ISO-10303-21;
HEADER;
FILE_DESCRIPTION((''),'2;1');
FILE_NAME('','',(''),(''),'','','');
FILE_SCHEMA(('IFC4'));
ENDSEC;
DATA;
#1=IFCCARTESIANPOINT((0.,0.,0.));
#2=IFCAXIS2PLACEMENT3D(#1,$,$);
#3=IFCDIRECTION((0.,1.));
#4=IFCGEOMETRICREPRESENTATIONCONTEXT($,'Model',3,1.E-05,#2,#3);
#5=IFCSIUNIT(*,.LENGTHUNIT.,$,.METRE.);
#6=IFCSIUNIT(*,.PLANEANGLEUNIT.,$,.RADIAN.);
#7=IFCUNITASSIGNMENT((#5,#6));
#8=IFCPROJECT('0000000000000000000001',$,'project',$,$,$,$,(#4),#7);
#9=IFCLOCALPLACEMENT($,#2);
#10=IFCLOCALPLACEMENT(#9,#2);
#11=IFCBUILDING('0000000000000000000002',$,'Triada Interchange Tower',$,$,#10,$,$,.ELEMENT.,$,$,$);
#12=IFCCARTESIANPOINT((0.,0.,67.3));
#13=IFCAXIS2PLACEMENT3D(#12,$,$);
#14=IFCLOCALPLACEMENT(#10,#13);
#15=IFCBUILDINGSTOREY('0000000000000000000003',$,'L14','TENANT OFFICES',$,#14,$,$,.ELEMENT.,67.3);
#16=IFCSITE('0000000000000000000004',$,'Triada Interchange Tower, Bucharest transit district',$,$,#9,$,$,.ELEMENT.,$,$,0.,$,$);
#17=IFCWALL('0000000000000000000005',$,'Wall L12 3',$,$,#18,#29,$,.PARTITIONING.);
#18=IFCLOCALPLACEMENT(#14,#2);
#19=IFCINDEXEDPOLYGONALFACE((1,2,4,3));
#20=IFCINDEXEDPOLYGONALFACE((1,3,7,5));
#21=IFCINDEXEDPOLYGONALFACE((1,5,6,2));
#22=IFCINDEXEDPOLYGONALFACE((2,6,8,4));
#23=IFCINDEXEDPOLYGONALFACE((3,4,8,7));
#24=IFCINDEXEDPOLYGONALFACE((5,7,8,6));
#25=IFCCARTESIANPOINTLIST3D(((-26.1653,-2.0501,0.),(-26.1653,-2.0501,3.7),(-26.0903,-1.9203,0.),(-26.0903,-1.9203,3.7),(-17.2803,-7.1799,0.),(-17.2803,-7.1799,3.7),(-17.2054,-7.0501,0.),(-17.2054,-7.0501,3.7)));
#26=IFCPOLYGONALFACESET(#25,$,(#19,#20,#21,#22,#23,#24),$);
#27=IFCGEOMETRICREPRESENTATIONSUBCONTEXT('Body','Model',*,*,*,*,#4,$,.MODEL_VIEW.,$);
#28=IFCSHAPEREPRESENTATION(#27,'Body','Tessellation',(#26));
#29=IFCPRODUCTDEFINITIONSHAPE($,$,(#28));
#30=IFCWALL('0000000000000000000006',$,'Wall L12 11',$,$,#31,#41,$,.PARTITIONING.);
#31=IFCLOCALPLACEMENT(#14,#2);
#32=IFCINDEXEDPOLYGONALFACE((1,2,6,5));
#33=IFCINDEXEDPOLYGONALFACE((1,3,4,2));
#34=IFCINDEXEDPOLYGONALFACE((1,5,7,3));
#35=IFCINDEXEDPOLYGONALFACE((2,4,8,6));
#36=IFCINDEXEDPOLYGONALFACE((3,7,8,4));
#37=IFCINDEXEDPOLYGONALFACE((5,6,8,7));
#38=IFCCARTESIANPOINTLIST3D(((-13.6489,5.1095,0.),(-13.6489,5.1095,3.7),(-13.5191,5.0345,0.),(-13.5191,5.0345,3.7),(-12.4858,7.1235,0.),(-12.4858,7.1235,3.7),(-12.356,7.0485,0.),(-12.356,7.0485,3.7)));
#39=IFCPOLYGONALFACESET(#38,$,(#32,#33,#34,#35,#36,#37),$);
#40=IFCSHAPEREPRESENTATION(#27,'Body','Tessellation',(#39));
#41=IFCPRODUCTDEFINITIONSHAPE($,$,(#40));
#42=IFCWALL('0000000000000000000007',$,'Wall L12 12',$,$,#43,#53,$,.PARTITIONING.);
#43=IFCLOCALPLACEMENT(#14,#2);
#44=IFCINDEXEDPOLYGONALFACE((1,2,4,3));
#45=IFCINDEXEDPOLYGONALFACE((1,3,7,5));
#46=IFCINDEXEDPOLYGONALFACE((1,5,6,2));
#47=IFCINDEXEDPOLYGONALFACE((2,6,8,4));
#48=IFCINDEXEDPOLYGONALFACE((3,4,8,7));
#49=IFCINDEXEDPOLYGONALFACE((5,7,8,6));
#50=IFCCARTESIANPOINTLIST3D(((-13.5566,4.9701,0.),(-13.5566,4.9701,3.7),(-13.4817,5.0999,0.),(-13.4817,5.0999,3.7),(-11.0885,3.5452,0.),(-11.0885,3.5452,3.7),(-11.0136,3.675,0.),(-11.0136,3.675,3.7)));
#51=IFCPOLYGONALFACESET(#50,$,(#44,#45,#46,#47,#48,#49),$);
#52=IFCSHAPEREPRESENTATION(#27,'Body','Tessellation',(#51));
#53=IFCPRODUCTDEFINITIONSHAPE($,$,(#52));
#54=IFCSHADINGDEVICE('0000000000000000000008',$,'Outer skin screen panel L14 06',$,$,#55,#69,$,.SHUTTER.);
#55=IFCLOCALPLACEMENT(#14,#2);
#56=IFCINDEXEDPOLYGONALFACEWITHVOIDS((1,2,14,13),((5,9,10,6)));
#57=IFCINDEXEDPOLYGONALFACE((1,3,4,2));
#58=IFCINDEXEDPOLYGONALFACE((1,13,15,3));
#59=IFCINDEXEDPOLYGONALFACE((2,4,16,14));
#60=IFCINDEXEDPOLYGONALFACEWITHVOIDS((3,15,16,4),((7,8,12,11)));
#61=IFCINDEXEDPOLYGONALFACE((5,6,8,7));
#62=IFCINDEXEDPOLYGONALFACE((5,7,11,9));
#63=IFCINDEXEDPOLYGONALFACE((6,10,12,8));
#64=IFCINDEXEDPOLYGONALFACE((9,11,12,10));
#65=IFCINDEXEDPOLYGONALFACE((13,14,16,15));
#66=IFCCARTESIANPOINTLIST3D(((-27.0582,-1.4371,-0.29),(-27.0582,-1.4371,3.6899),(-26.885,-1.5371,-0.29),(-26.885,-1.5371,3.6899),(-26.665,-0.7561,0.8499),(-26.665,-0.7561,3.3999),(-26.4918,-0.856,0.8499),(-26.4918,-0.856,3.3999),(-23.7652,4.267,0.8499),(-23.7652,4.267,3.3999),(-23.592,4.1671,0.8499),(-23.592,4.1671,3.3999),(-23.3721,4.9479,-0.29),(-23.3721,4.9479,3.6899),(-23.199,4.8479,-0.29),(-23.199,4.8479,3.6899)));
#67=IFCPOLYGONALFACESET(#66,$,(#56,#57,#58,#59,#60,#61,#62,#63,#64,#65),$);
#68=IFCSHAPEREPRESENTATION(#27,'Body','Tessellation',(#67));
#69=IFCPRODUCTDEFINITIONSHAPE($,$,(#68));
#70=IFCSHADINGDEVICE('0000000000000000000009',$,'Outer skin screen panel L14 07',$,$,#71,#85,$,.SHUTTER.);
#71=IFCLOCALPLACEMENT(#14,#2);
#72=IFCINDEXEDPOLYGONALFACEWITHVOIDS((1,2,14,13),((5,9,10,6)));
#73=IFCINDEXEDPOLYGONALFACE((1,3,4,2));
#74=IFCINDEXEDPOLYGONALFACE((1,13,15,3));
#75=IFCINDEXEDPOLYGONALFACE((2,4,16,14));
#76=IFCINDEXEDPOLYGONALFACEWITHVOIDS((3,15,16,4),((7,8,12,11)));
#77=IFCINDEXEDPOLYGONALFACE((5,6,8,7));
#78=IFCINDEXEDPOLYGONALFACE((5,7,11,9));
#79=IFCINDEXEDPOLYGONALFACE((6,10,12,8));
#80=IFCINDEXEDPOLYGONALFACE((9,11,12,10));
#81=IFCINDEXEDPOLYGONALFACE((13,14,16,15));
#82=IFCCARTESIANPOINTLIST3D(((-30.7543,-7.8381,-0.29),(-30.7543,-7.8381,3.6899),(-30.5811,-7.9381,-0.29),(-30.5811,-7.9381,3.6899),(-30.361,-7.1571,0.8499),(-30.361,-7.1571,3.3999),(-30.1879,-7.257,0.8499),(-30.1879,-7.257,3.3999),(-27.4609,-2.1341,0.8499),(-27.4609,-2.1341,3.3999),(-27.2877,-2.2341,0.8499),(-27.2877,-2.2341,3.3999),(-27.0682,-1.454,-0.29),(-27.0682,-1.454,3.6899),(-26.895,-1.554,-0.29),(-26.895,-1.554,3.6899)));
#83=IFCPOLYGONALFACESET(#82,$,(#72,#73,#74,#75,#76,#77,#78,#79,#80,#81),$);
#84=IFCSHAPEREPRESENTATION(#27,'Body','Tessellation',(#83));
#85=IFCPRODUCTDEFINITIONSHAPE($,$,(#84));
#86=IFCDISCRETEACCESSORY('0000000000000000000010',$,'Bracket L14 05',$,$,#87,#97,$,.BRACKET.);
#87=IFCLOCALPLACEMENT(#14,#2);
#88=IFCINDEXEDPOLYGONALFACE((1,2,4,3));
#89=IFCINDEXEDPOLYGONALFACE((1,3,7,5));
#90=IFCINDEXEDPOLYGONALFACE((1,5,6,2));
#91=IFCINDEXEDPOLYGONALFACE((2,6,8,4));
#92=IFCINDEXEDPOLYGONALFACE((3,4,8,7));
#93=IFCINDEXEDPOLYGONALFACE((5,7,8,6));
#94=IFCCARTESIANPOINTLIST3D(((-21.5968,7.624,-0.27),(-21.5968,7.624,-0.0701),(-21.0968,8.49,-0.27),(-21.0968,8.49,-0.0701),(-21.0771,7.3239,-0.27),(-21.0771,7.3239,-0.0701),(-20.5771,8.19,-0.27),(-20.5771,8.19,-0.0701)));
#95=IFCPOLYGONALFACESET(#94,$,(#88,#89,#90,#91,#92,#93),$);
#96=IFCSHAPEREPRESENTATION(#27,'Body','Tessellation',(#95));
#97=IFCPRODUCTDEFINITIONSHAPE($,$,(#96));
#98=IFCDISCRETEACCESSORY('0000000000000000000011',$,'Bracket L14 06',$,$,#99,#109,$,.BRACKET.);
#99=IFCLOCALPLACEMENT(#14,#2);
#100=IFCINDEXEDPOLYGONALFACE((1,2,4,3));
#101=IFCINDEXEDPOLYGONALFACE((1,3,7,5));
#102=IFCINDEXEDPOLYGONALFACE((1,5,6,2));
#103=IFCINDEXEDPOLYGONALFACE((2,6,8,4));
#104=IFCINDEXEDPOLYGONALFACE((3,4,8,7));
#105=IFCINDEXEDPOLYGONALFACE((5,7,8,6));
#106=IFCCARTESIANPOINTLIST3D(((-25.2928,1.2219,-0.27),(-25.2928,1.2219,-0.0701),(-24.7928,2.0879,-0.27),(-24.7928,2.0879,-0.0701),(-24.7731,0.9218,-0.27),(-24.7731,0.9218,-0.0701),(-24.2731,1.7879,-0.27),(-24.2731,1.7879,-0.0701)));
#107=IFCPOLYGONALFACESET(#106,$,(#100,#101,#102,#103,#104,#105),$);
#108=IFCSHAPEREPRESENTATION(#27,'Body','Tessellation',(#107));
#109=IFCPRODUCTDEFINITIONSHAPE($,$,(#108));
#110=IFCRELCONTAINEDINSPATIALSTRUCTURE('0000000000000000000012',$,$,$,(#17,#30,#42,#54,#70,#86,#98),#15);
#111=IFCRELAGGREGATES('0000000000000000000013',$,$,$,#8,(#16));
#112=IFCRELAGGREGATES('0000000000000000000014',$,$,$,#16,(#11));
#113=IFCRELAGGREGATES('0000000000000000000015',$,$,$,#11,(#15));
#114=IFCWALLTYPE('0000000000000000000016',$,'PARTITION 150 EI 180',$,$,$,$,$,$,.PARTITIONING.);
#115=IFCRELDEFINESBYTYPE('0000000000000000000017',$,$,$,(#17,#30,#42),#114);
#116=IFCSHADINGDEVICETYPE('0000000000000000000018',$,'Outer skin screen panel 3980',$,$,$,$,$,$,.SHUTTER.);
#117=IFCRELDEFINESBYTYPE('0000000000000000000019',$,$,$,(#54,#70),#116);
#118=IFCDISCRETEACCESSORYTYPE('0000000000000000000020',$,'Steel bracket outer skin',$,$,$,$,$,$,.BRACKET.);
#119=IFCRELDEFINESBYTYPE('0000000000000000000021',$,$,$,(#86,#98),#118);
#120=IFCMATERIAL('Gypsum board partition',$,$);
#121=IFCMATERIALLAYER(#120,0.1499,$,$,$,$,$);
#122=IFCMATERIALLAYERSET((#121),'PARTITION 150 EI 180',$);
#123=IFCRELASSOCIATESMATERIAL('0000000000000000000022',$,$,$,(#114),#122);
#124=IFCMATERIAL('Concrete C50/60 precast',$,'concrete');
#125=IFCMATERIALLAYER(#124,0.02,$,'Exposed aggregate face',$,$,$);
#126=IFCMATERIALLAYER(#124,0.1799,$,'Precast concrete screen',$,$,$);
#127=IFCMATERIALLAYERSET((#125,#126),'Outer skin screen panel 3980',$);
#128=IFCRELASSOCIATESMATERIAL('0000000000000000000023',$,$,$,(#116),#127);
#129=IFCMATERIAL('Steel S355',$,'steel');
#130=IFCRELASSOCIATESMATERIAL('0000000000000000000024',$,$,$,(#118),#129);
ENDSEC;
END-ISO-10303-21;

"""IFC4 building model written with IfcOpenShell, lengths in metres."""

from ifc_helpers import new_model, si_unit, direction, frame, frame_2d, origin, origin_2d, place, context, subcontext, project, spatial, polyline, rectangle, outline, extrude, material, layer, layer_set, type_object, element, save


model = new_model("IFC4")

# Units and contexts
model_context = context("Model", 3, precision=1e-05, world=origin(), true_north=direction((0.0, 1.0)))
body_context = subcontext(model_context, "Body", "Model", "MODEL_VIEW")
ifc_project = project(units=[si_unit("LENGTHUNIT", "METRE"), si_unit("PLANEANGLEUNIT", "RADIAN")], contexts=[model_context])

# Site, building, storey
site_placement = place(None, origin())
site = spatial("IfcSite", under=ifc_project, at=site_placement, Name="Triada Interchange Tower, Bucharest transit district", CompositionType="ELEMENT", RefElevation=0.0)
building_placement = place(site_placement, origin())
building = spatial("IfcBuilding", under=site, at=building_placement, Name="Triada Interchange Tower", CompositionType="ELEMENT")
storey_placement = place(building_placement, frame((0.0, 0.0, 67.3)))
storey = spatial("IfcBuildingStorey", under=building, at=storey_placement, Name="L14", Description="TENANT OFFICES", CompositionType="ELEMENT", Elevation=67.3)

# Walls
ifc_material_1 = material(Name="Gypsum board partition")
ifc_layer_1 = layer(ifc_material_1, 0.1499)
ifc_layer_set_1 = layer_set([ifc_layer_1], Name="PARTITION 150 EI 180")
wall_type_1 = type_object("IfcWallType", Name="PARTITION 150 EI 180", PredefinedType="PARTITIONING", material=ifc_layer_set_1)
wall_1_placement = place(storey_placement, frame((-26.1279, -1.9851, 0.0), z_axis=(0.0, 0.0, 1.0), x_axis=(0.86602, -0.500009, 0.0)))
element("IfcWall", 1, at=wall_1_placement, inside=storey, type_object=wall_type_1, Name="Wall L12 3", PredefinedType="PARTITIONING", context=body_context, shape_type="SweptSolid", body=[
    extrude(rectangle(XDim=10.2595, YDim=0.1499, at=frame_2d((5.1299, 0.0))), origin(), (0.0, 0.0, 1.0), 3.7),
])
wall_2_placement = place(storey_placement, frame((-13.584, 5.072, 0.0), z_axis=(0.0, 0.0, 1.0), x_axis=(0.500113, 0.86596, 0.0)))
element("IfcWall", 2, at=wall_2_placement, inside=storey, type_object=wall_type_1, Name="Wall L12 11", PredefinedType="PARTITIONING", context=body_context, shape_type="SweptSolid", body=[
    extrude(rectangle(XDim=2.3257, YDim=0.1499, at=frame_2d((1.1628, 0.0))), origin(), (0.0, 0.0, 1.0), 3.7),
])
wall_3_placement = place(storey_placement, frame((-13.519, 5.0349, 0.0), z_axis=(0.0, 0.0, 1.0), x_axis=(0.866041, -0.499972, 0.0)))
element("IfcWall", 3, at=wall_3_placement, inside=storey, type_object=wall_type_1, Name="Wall L12 12", PredefinedType="PARTITIONING", context=body_context, shape_type="SweptSolid", body=[
    extrude(rectangle(XDim=2.8499, YDim=0.1499, at=frame_2d((1.4248, 0.0))), origin(), (0.0, 0.0, 1.0), 3.7),
])

# Shading devices
ifc_material_2 = material(Name="Concrete C50/60 precast", Category="concrete")
ifc_layer_2 = layer(ifc_material_2, 0.02, Name="Exposed aggregate face")
ifc_layer_3 = layer(ifc_material_2, 0.1799, Name="Precast concrete screen")
ifc_layer_set_2 = layer_set([ifc_layer_2, ifc_layer_3], Name="Outer skin screen panel 3980")
shading_device_type = type_object("IfcShadingDeviceType", Name="Outer skin screen panel 3980", PredefinedType="SHUTTER", material=ifc_layer_set_2)
shading_device_1_placement = place(storey_placement, frame((-23.199, 4.8479, -0.29), z_axis=(0.0, 0.0, 1.0), x_axis=(-0.499964, -0.866046, 0.0)))
element("IfcShadingDevice", 4, at=shading_device_1_placement, inside=storey, type_object=shading_device_type, Name="Outer skin screen panel L14 06", PredefinedType="SHUTTER", context=body_context, shape_type="SweptSolid", body=[
    extrude(outline(polyline([(0.0, 0.0), (7.3726, 0.0), (7.3726, 3.98), (0.0, 3.98), (0.0, 0.0)]), holes=[polyline([(0.7861, 1.1399), (0.7861, 3.6899), (6.5862, 3.6899), (6.5862, 1.1399), (0.7861, 1.1399)])]), frame((0.0, 0.0, 0.0), z_axis=(0.0, -1.0, 0.0), x_axis=(1.0, 0.0, 0.0)), (0.0, 0.0, 1.0), 0.2),
])
shading_device_2_placement = place(storey_placement, frame((-26.895, -1.554, -0.29), z_axis=(0.0, 0.0, 1.0), x_axis=(-0.500022, -0.866013, 0.0)))
element("IfcShadingDevice", 5, at=shading_device_2_placement, inside=storey, type_object=shading_device_type, Name="Outer skin screen panel L14 07", PredefinedType="SHUTTER", context=body_context, shape_type="SweptSolid", body=[
    extrude(outline(polyline([(0.0, 0.0), (7.3718, 0.0), (7.3718, 3.98), (0.0, 3.98), (0.0, 0.0)]), holes=[polyline([(0.7854, 1.1399), (0.7854, 3.6899), (6.5854, 3.6899), (6.5854, 1.1399), (0.7854, 1.1399)])]), frame((0.0, 0.0, 0.0), z_axis=(0.0, -1.0, 0.0), x_axis=(1.0, 0.0, 0.0)), (0.0, 0.0, 1.0), 0.2),
])

# Discrete accessories
ifc_material_3 = material(Name="Steel S355", Category="steel")
discrete_accessory_type = type_object("IfcDiscreteAccessoryType", Name="Steel bracket outer skin", PredefinedType="BRACKET", material=ifc_material_3)
for number, where, z_axis, x_axis, name in (
    (6, (-21.0869, 7.907, -0.27), (0.0, 0.0, 1.0), (-0.866022, 0.500006, 0.0), "Bracket L14 05"),
    (7, (-24.783, 1.5049, -0.27), (0.0, 0.0, 1.0), (-0.866022, 0.500006, 0.0), "Bracket L14 06"),
):
    element("IfcDiscreteAccessory", number, at=place(storey_placement, frame(where, z_axis=z_axis, x_axis=x_axis)), inside=storey, type_object=discrete_accessory_type, Name=name, PredefinedType="BRACKET", context=body_context, shape_type="SweptSolid", body=[
        extrude(rectangle(XDim=0.6001, YDim=1.0, at=origin_2d()), origin(), (0.0, 0.0, 1.0), 0.2),
    ])

save(model, "model.ifc")
